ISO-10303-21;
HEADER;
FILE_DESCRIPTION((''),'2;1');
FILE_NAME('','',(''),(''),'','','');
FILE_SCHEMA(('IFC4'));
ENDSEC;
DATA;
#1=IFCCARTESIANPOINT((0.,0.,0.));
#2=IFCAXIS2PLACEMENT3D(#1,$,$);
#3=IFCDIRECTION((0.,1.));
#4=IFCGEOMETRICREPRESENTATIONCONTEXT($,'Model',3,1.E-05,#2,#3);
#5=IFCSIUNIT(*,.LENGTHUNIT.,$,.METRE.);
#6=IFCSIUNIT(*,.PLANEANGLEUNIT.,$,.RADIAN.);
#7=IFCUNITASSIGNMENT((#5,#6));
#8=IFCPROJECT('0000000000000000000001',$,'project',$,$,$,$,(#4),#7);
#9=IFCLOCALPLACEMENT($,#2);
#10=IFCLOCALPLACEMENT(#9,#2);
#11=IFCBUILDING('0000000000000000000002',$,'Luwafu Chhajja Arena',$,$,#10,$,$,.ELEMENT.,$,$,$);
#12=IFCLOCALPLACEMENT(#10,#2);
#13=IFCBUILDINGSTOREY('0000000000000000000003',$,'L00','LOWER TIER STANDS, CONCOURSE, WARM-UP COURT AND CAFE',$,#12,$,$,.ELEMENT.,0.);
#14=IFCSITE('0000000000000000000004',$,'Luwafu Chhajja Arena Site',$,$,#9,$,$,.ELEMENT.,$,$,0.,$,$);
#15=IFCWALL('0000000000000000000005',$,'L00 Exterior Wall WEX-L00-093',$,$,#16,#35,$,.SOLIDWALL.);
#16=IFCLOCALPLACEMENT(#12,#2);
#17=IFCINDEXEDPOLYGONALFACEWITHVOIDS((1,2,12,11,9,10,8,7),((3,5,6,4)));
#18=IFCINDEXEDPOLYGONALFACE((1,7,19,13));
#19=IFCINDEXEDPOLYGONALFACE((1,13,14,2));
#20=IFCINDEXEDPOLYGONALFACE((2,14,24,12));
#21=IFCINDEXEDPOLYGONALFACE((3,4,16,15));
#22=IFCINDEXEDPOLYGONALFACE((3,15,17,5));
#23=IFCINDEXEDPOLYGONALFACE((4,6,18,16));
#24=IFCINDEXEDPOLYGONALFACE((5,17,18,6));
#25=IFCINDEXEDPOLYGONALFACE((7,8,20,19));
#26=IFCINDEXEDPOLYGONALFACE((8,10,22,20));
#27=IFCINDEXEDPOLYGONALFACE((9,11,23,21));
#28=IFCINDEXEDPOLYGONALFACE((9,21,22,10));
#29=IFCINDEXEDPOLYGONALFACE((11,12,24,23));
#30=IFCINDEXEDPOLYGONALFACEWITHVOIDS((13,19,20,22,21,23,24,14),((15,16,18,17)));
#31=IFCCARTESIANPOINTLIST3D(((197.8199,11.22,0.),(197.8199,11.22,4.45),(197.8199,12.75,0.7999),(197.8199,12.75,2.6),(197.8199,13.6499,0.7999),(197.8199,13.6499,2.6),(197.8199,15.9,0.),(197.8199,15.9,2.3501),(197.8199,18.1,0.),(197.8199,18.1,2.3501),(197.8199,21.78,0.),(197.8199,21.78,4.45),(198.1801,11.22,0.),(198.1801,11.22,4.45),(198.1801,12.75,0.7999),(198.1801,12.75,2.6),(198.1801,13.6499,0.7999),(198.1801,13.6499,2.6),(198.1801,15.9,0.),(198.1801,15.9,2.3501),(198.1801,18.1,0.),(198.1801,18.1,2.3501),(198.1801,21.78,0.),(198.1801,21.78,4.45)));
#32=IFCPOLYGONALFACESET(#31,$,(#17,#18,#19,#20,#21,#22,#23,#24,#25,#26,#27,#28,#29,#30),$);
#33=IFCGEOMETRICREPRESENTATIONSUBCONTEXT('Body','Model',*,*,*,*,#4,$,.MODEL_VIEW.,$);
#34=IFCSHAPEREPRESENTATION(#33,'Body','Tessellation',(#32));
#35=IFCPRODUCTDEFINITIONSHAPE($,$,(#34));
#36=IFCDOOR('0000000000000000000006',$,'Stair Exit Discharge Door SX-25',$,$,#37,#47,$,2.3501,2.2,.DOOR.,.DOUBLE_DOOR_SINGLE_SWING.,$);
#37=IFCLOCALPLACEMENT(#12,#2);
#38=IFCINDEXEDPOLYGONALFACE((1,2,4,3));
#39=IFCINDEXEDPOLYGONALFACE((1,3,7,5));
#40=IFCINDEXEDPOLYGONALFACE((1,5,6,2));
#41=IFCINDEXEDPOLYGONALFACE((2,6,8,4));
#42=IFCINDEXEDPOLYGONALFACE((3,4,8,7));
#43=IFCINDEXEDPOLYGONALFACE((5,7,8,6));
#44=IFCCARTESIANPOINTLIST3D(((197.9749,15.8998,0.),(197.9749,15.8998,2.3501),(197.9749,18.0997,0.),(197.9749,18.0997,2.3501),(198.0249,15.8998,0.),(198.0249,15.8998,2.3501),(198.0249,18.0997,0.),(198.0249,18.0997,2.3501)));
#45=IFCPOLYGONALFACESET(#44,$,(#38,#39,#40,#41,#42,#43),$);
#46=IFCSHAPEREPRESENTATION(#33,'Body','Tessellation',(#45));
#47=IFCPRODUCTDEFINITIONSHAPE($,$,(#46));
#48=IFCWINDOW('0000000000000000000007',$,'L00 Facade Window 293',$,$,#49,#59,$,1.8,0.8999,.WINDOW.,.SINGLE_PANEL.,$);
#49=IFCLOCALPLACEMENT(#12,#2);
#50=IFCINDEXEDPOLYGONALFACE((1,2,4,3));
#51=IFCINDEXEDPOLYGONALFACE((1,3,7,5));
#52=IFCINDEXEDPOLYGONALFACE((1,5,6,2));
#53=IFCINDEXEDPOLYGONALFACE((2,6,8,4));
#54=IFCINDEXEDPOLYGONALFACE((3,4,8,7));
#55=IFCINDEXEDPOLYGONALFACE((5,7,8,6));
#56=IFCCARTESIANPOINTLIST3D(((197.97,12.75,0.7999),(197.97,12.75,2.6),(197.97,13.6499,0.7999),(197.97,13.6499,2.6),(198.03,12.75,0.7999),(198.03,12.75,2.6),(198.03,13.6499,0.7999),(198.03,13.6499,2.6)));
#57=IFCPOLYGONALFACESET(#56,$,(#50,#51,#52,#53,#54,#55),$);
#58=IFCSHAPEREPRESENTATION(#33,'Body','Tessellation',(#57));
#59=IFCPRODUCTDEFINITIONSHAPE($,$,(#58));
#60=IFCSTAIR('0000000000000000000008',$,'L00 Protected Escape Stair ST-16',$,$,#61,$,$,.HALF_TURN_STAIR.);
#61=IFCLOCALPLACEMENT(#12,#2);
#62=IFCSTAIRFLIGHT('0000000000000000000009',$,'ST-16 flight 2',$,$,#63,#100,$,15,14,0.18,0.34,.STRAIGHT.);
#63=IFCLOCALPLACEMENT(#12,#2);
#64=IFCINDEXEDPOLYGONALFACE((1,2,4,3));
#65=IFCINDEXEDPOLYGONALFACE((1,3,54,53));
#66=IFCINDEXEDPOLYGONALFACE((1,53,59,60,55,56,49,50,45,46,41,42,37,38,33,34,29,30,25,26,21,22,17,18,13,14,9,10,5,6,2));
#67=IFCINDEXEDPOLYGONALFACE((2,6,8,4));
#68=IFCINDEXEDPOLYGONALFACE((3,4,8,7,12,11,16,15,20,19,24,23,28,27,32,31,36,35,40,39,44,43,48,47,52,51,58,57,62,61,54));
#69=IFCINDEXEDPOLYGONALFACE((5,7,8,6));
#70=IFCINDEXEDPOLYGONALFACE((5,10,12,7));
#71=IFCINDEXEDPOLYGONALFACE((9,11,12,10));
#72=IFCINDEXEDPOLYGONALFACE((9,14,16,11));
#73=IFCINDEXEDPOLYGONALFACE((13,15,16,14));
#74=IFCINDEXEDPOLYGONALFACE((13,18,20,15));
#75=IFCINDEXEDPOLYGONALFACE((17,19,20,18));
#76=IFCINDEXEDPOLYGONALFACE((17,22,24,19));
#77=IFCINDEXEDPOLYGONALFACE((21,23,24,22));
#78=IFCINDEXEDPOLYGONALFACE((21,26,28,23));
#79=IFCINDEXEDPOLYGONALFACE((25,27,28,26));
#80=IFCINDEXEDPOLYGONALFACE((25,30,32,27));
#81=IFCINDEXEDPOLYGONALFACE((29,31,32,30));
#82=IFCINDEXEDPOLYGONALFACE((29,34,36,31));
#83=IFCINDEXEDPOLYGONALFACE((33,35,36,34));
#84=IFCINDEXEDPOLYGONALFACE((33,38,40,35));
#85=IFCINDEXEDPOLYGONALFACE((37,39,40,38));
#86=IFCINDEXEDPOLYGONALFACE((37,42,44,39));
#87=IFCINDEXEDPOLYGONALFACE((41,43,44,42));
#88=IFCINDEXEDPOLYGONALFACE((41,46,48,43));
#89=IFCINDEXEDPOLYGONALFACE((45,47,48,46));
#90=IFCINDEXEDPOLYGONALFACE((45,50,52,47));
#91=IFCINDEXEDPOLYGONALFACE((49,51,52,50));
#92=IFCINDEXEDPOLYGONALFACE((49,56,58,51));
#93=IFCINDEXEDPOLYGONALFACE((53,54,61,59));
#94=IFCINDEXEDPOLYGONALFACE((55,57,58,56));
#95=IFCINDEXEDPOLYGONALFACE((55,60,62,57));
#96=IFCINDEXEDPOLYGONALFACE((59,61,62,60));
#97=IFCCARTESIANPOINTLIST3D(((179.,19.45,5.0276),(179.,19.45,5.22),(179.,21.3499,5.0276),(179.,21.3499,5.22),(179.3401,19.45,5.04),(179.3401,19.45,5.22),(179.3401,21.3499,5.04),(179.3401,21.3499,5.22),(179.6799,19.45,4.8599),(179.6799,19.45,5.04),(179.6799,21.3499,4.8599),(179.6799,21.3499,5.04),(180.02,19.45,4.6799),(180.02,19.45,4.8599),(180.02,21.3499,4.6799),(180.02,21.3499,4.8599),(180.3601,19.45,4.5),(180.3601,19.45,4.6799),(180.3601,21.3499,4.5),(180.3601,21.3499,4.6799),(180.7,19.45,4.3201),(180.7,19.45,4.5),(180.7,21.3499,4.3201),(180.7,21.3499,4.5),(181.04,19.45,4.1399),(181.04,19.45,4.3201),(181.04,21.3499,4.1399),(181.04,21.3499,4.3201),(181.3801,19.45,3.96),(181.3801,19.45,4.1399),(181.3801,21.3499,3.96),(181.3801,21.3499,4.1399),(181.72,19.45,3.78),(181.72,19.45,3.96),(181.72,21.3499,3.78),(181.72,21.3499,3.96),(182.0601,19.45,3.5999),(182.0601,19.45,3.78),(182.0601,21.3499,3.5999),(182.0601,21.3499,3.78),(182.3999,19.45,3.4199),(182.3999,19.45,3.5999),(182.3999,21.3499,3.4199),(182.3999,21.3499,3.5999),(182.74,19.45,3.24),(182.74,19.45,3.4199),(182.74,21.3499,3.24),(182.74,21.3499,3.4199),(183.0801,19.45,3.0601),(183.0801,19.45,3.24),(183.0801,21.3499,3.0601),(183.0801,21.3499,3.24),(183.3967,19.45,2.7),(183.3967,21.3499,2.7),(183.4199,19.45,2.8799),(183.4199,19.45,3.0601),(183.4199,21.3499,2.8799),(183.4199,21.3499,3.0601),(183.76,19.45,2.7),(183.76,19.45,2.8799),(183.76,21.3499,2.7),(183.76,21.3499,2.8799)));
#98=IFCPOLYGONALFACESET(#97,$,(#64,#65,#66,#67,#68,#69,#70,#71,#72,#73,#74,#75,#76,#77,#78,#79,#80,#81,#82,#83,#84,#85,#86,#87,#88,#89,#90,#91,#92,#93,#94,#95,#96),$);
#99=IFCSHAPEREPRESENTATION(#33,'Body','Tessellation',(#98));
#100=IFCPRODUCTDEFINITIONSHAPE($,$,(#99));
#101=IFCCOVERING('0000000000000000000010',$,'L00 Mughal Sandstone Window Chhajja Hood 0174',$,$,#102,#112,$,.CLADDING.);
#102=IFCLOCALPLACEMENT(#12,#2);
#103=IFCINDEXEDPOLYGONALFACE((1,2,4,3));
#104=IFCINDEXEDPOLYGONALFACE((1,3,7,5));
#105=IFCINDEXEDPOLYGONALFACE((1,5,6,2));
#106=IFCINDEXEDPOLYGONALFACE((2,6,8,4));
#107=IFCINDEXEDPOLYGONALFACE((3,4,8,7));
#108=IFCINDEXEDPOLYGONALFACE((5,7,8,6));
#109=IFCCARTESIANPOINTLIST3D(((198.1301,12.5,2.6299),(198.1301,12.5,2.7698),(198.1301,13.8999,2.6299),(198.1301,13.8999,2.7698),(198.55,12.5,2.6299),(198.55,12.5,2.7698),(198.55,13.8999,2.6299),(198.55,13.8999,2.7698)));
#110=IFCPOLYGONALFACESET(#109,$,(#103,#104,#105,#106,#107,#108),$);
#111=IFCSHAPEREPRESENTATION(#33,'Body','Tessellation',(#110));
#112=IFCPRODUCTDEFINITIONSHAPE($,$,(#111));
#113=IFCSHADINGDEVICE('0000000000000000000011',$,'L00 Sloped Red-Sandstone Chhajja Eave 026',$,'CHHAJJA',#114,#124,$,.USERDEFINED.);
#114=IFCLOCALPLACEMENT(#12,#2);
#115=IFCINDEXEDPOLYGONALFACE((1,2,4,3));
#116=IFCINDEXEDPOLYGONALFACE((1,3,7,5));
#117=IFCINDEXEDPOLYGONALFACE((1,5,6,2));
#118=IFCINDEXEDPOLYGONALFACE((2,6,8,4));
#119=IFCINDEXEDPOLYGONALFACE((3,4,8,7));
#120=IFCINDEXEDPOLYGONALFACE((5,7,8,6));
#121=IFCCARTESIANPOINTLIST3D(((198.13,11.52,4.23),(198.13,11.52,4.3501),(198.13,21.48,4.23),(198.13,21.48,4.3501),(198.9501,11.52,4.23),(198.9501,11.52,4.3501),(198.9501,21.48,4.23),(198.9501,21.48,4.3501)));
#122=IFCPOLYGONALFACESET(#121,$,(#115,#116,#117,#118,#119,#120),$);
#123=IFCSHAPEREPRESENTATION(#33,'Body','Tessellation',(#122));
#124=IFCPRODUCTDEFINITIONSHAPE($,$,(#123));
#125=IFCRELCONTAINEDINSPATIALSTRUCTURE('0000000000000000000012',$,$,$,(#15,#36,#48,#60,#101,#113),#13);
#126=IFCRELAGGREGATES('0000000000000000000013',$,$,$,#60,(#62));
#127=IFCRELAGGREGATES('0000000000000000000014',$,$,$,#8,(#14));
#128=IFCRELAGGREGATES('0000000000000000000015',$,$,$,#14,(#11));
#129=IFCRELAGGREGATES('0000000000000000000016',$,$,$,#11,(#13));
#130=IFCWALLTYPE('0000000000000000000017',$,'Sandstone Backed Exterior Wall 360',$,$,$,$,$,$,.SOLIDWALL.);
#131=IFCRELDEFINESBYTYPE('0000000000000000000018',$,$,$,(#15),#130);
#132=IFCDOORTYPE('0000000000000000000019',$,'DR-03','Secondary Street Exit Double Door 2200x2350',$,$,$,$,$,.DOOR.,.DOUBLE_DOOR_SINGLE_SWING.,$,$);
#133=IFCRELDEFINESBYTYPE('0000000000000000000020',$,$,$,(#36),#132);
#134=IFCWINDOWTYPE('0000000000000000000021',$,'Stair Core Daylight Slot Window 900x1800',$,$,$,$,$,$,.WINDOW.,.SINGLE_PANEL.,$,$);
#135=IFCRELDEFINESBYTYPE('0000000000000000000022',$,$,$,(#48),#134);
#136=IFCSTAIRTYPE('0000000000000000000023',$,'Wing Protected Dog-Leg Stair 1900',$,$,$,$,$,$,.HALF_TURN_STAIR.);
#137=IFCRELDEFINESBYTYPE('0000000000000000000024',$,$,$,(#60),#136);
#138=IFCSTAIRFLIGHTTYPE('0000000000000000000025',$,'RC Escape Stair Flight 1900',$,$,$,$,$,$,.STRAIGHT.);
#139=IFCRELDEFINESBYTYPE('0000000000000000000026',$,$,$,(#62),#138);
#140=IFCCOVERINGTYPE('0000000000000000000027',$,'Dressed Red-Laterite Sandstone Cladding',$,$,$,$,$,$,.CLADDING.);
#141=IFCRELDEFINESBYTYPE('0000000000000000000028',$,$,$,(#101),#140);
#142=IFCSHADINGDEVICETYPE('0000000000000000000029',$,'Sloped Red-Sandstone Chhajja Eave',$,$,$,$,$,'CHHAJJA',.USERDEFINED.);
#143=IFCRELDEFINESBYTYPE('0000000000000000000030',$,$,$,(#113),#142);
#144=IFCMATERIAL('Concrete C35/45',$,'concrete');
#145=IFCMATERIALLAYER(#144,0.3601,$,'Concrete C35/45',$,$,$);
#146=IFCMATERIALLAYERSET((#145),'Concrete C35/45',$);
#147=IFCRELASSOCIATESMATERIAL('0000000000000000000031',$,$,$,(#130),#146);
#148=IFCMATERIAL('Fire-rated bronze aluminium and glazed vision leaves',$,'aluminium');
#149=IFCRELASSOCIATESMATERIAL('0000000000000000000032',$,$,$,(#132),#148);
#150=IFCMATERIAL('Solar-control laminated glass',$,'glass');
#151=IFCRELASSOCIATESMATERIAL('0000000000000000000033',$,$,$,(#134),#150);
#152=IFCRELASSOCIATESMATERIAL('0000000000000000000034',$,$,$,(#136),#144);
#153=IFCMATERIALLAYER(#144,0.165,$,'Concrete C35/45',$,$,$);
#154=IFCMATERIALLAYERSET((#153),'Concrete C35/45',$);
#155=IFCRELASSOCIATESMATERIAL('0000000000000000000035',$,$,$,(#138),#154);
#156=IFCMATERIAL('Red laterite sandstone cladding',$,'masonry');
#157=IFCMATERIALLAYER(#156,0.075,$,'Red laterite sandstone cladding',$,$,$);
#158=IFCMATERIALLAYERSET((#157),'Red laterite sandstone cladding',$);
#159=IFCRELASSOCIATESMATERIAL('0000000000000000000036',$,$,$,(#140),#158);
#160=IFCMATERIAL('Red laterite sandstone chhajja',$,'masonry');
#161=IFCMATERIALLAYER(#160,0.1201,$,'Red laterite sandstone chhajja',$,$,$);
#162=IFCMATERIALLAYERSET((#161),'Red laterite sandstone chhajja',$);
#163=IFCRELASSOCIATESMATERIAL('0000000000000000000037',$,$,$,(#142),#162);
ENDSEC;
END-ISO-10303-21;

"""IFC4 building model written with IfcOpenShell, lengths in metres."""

from ifc_helpers import new_model, si_unit, direction, frame, frame_2d, origin, origin_2d, place, context, subcontext, project, spatial, polyline, rectangle, outline, extrude, material, layer, layer_set, type_object, element, fill, aggregate, save


model = new_model("IFC4")

# Units and contexts
model_context = context("Model", 3, precision=1e-05, world=origin(), true_north=direction((0.0, 1.0)))
body_context = subcontext(model_context, "Body", "Model", "MODEL_VIEW")
ifc_project = project(units=[si_unit("LENGTHUNIT", "METRE"), si_unit("PLANEANGLEUNIT", "RADIAN")], contexts=[model_context])

# Site, building, storey
site_placement = place(None, origin())
site = spatial("IfcSite", under=ifc_project, at=site_placement, Name="Luwafu Chhajja Arena Site", CompositionType="ELEMENT", RefElevation=0.0)
building_placement = place(site_placement, origin())
building = spatial("IfcBuilding", under=site, at=building_placement, Name="Luwafu Chhajja Arena", CompositionType="ELEMENT")
storey_placement = place(building_placement, origin())
storey = spatial("IfcBuildingStorey", under=building, at=storey_placement, Name="L00", Description="LOWER TIER STANDS, CONCOURSE, WARM-UP COURT AND CAFE", CompositionType="ELEMENT", Elevation=0.0)

# Shared definitions
ifc_material_1 = material(Name="Concrete C35/45", Category="concrete")

# Wall, openings, door, window
ifc_layer_1 = layer(ifc_material_1, 0.3601, Name="Concrete C35/45")
ifc_layer_set_1 = layer_set([ifc_layer_1], Name="Concrete C35/45")
wall_type_1 = type_object("IfcWallType", Name="Sandstone Backed Exterior Wall 360", PredefinedType="SOLIDWALL", material=ifc_layer_set_1)
wall_1_placement = place(storey_placement, frame((198.0, 11.22, 0.0), z_axis=(0.0, 0.0, 1.0), x_axis=(0.0, 1.0, 0.0)))
wall_1 = element("IfcWall", 1, at=wall_1_placement, inside=storey, type_object=wall_type_1, Name="L00 Exterior Wall WEX-L00-093", PredefinedType="SOLIDWALL", context=body_context, shape_type="SweptSolid", body=[
    extrude(rectangle(XDim=10.5601, YDim=0.3601, at=frame_2d((5.28, 0.0))), origin(), (0.0, 0.0, 1.0), 4.45),
])
opening_1_placement = place(wall_1_placement, frame((4.6799, 0.0, 0.0)))
opening_1 = element("IfcOpeningElement", 2, at=opening_1_placement, cuts=wall_1, PredefinedType="OPENING", context=body_context, shape_type="SweptSolid", body=[
    extrude(rectangle(XDim=2.2, YDim=2.3501, at=frame_2d((1.1001, 1.175))), frame((0.0, 0.1899, 0.0), z_axis=(0.0, -1.0, 0.0), x_axis=(1.0, 0.0, 0.0)), (0.0, 0.0, 1.0), 0.3801),
])
opening_2_placement = place(wall_1_placement, frame((1.53, 0.0, 0.8)))
opening_2 = element("IfcOpeningElement", 3, at=opening_2_placement, cuts=wall_1, PredefinedType="OPENING", context=body_context, shape_type="SweptSolid", body=[
    extrude(rectangle(XDim=0.8999, YDim=1.8, at=frame_2d((0.45, 0.8999))), frame((0.0, 0.1899, 0.0), z_axis=(0.0, -1.0, 0.0), x_axis=(1.0, 0.0, 0.0)), (0.0, 0.0, 1.0), 0.3801),
])
ifc_material_2 = material(Name="Fire-rated bronze aluminium and glazed vision leaves", Category="aluminium")
door_type_1 = type_object("IfcDoorType", Name="DR-03", Description="Secondary Street Exit Double Door 2200x2350", OperationType="DOUBLE_DOOR_SINGLE_SWING", PredefinedType="DOOR", material=ifc_material_2)
door_1_placement = place(opening_1_placement, frame((2.2, 0.0, 0.0), z_axis=(0.0, 0.0, 1.0), x_axis=(-1.0, 0.0, 0.0)))
door_1 = element("IfcDoor", 4, at=door_1_placement, inside=storey, type_object=door_type_1, Name="Stair Exit Discharge Door SX-25", OperationType="DOUBLE_DOOR_SINGLE_SWING", OverallHeight=2.3501, OverallWidth=2.2, PredefinedType="DOOR", context=body_context, shape_type="SweptSolid", body=[
    extrude(rectangle(XDim=2.2, YDim=2.3501, at=frame_2d((1.1001, 1.175))), frame((0.0, 0.0249, 0.0), z_axis=(0.0, -1.0, 0.0), x_axis=(1.0, 0.0, 0.0)), (0.0, 0.0, 1.0), 0.05),
])
fill(opening_1, door_1)
ifc_material_3 = material(Name="Solar-control laminated glass", Category="glass")
window_type = type_object("IfcWindowType", Name="Stair Core Daylight Slot Window 900x1800", PartitioningType="SINGLE_PANEL", PredefinedType="WINDOW", material=ifc_material_3)
window_placement = place(opening_2_placement, origin())
window = element("IfcWindow", 5, at=window_placement, inside=storey, type_object=window_type, Name="L00 Facade Window 293", OverallHeight=1.8, OverallWidth=0.8999, PartitioningType="SINGLE_PANEL", PredefinedType="WINDOW", context=body_context, shape_type="SweptSolid", body=[
    extrude(rectangle(XDim=0.8999, YDim=1.8, at=frame_2d((0.45, 0.8999))), frame((0.0, 0.03, 0.0), z_axis=(0.0, -1.0, 0.0), x_axis=(1.0, 0.0, 0.0)), (0.0, 0.0, 1.0), 0.0601),
])
fill(opening_2, window)

# Stair, stair flight
stair_type = type_object("IfcStairType", Name="Wing Protected Dog-Leg Stair 1900", PredefinedType="HALF_TURN_STAIR", material=ifc_material_1)
stair_placement = place(storey_placement, origin())
stair = element("IfcStair", 6, at=stair_placement, inside=storey, type_object=stair_type, Name="L00 Protected Escape Stair ST-16", PredefinedType="HALF_TURN_STAIR")
ifc_layer_2 = layer(ifc_material_1, 0.165, Name="Concrete C35/45")
ifc_layer_set_2 = layer_set([ifc_layer_2], Name="Concrete C35/45")
stair_flight_type = type_object("IfcStairFlightType", Name="RC Escape Stair Flight 1900", PredefinedType="STRAIGHT", material=ifc_layer_set_2)
stair_flight_placement = place(storey_placement, frame((183.76, 20.3999, 2.7), z_axis=(0.0, 0.0, 1.0), x_axis=(-1.0, 0.0, 0.0)))
stair_flight = element("IfcStairFlight", 7, at=stair_flight_placement, type_object=stair_flight_type, Name="ST-16 flight 2", NumberOfRisers=15, NumberOfTreads=14, PredefinedType="STRAIGHT", RiserHeight=0.18, TreadLength=0.34, context=body_context, shape_type="SweptSolid", body=[
    extrude(outline(polyline([(0.0, 0.0), (0.0, 0.1799), (0.3401, 0.1799), (0.3401, 0.3601), (0.6799, 0.3601), (0.6799, 0.54), (1.02, 0.54), (1.02, 0.72), (1.3601, 0.72), (1.3601, 0.8999), (1.7, 0.8999), (1.7, 1.0801), (2.04, 1.0801), (2.04, 1.26), (2.3799, 1.26), (2.3799, 1.4399), (2.72, 1.4399), (2.72, 1.6201), (3.0601, 1.6201), (3.0601, 1.8), (3.3999, 1.8), (3.3999, 1.98), (3.74, 1.98), (3.74, 2.1599), (4.0801, 2.1599), (4.0801, 2.3401), (4.4199, 2.3401), (4.4199, 2.52), (4.76, 2.52), (4.76, 2.7), (4.76, 2.3276), (0.3633, 0.0), (0.0, 0.0)])), frame((0.0, 0.95, 0.0), z_axis=(0.0, -1.0, 0.0), x_axis=(1.0, 0.0, 0.0)), (0.0, 0.0, 1.0), 1.8999),
])
aggregate(stair, [stair_flight])

# Covering
ifc_material_4 = material(Name="Red laterite sandstone cladding", Category="masonry")
ifc_layer_3 = layer(ifc_material_4, 0.075, Name="Red laterite sandstone cladding")
ifc_layer_set_3 = layer_set([ifc_layer_3], Name="Red laterite sandstone cladding")
covering_type = type_object("IfcCoveringType", Name="Dressed Red-Laterite Sandstone Cladding", PredefinedType="CLADDING", material=ifc_layer_set_3)
covering_placement = place(storey_placement, frame((198.3401, 13.2, 2.6299), z_axis=(0.0, 0.0, 1.0), x_axis=(0.0, 1.0, 0.0)))
element("IfcCovering", 8, at=covering_placement, inside=storey, type_object=covering_type, Name="L00 Mughal Sandstone Window Chhajja Hood 0174", PredefinedType="CLADDING", context=body_context, shape_type="SweptSolid", body=[
    extrude(rectangle(XDim=1.3999, YDim=0.4199, at=origin_2d()), origin(), (0.0, 0.0, 1.0), 0.1399),
])

# Shading device
ifc_material_5 = material(Name="Red laterite sandstone chhajja", Category="masonry")
ifc_layer_4 = layer(ifc_material_5, 0.1201, Name="Red laterite sandstone chhajja")
ifc_layer_set_4 = layer_set([ifc_layer_4], Name="Red laterite sandstone chhajja")
shading_device_type = type_object("IfcShadingDeviceType", Name="Sloped Red-Sandstone Chhajja Eave", ElementType="CHHAJJA", PredefinedType="USERDEFINED", material=ifc_layer_set_4)
shading_device_placement = place(storey_placement, frame((198.54, 16.5, 4.23), z_axis=(0.0, 0.0, 1.0), x_axis=(0.0, 1.0, 0.0)))
element("IfcShadingDevice", 9, at=shading_device_placement, inside=storey, type_object=shading_device_type, Name="L00 Sloped Red-Sandstone Chhajja Eave 026", ObjectType="CHHAJJA", PredefinedType="USERDEFINED", context=body_context, shape_type="SweptSolid", body=[
    extrude(rectangle(XDim=9.96, YDim=0.8201, at=origin_2d()), origin(), (0.0, 0.0, 1.0), 0.1201),
])

save(model, "model.ifc")
